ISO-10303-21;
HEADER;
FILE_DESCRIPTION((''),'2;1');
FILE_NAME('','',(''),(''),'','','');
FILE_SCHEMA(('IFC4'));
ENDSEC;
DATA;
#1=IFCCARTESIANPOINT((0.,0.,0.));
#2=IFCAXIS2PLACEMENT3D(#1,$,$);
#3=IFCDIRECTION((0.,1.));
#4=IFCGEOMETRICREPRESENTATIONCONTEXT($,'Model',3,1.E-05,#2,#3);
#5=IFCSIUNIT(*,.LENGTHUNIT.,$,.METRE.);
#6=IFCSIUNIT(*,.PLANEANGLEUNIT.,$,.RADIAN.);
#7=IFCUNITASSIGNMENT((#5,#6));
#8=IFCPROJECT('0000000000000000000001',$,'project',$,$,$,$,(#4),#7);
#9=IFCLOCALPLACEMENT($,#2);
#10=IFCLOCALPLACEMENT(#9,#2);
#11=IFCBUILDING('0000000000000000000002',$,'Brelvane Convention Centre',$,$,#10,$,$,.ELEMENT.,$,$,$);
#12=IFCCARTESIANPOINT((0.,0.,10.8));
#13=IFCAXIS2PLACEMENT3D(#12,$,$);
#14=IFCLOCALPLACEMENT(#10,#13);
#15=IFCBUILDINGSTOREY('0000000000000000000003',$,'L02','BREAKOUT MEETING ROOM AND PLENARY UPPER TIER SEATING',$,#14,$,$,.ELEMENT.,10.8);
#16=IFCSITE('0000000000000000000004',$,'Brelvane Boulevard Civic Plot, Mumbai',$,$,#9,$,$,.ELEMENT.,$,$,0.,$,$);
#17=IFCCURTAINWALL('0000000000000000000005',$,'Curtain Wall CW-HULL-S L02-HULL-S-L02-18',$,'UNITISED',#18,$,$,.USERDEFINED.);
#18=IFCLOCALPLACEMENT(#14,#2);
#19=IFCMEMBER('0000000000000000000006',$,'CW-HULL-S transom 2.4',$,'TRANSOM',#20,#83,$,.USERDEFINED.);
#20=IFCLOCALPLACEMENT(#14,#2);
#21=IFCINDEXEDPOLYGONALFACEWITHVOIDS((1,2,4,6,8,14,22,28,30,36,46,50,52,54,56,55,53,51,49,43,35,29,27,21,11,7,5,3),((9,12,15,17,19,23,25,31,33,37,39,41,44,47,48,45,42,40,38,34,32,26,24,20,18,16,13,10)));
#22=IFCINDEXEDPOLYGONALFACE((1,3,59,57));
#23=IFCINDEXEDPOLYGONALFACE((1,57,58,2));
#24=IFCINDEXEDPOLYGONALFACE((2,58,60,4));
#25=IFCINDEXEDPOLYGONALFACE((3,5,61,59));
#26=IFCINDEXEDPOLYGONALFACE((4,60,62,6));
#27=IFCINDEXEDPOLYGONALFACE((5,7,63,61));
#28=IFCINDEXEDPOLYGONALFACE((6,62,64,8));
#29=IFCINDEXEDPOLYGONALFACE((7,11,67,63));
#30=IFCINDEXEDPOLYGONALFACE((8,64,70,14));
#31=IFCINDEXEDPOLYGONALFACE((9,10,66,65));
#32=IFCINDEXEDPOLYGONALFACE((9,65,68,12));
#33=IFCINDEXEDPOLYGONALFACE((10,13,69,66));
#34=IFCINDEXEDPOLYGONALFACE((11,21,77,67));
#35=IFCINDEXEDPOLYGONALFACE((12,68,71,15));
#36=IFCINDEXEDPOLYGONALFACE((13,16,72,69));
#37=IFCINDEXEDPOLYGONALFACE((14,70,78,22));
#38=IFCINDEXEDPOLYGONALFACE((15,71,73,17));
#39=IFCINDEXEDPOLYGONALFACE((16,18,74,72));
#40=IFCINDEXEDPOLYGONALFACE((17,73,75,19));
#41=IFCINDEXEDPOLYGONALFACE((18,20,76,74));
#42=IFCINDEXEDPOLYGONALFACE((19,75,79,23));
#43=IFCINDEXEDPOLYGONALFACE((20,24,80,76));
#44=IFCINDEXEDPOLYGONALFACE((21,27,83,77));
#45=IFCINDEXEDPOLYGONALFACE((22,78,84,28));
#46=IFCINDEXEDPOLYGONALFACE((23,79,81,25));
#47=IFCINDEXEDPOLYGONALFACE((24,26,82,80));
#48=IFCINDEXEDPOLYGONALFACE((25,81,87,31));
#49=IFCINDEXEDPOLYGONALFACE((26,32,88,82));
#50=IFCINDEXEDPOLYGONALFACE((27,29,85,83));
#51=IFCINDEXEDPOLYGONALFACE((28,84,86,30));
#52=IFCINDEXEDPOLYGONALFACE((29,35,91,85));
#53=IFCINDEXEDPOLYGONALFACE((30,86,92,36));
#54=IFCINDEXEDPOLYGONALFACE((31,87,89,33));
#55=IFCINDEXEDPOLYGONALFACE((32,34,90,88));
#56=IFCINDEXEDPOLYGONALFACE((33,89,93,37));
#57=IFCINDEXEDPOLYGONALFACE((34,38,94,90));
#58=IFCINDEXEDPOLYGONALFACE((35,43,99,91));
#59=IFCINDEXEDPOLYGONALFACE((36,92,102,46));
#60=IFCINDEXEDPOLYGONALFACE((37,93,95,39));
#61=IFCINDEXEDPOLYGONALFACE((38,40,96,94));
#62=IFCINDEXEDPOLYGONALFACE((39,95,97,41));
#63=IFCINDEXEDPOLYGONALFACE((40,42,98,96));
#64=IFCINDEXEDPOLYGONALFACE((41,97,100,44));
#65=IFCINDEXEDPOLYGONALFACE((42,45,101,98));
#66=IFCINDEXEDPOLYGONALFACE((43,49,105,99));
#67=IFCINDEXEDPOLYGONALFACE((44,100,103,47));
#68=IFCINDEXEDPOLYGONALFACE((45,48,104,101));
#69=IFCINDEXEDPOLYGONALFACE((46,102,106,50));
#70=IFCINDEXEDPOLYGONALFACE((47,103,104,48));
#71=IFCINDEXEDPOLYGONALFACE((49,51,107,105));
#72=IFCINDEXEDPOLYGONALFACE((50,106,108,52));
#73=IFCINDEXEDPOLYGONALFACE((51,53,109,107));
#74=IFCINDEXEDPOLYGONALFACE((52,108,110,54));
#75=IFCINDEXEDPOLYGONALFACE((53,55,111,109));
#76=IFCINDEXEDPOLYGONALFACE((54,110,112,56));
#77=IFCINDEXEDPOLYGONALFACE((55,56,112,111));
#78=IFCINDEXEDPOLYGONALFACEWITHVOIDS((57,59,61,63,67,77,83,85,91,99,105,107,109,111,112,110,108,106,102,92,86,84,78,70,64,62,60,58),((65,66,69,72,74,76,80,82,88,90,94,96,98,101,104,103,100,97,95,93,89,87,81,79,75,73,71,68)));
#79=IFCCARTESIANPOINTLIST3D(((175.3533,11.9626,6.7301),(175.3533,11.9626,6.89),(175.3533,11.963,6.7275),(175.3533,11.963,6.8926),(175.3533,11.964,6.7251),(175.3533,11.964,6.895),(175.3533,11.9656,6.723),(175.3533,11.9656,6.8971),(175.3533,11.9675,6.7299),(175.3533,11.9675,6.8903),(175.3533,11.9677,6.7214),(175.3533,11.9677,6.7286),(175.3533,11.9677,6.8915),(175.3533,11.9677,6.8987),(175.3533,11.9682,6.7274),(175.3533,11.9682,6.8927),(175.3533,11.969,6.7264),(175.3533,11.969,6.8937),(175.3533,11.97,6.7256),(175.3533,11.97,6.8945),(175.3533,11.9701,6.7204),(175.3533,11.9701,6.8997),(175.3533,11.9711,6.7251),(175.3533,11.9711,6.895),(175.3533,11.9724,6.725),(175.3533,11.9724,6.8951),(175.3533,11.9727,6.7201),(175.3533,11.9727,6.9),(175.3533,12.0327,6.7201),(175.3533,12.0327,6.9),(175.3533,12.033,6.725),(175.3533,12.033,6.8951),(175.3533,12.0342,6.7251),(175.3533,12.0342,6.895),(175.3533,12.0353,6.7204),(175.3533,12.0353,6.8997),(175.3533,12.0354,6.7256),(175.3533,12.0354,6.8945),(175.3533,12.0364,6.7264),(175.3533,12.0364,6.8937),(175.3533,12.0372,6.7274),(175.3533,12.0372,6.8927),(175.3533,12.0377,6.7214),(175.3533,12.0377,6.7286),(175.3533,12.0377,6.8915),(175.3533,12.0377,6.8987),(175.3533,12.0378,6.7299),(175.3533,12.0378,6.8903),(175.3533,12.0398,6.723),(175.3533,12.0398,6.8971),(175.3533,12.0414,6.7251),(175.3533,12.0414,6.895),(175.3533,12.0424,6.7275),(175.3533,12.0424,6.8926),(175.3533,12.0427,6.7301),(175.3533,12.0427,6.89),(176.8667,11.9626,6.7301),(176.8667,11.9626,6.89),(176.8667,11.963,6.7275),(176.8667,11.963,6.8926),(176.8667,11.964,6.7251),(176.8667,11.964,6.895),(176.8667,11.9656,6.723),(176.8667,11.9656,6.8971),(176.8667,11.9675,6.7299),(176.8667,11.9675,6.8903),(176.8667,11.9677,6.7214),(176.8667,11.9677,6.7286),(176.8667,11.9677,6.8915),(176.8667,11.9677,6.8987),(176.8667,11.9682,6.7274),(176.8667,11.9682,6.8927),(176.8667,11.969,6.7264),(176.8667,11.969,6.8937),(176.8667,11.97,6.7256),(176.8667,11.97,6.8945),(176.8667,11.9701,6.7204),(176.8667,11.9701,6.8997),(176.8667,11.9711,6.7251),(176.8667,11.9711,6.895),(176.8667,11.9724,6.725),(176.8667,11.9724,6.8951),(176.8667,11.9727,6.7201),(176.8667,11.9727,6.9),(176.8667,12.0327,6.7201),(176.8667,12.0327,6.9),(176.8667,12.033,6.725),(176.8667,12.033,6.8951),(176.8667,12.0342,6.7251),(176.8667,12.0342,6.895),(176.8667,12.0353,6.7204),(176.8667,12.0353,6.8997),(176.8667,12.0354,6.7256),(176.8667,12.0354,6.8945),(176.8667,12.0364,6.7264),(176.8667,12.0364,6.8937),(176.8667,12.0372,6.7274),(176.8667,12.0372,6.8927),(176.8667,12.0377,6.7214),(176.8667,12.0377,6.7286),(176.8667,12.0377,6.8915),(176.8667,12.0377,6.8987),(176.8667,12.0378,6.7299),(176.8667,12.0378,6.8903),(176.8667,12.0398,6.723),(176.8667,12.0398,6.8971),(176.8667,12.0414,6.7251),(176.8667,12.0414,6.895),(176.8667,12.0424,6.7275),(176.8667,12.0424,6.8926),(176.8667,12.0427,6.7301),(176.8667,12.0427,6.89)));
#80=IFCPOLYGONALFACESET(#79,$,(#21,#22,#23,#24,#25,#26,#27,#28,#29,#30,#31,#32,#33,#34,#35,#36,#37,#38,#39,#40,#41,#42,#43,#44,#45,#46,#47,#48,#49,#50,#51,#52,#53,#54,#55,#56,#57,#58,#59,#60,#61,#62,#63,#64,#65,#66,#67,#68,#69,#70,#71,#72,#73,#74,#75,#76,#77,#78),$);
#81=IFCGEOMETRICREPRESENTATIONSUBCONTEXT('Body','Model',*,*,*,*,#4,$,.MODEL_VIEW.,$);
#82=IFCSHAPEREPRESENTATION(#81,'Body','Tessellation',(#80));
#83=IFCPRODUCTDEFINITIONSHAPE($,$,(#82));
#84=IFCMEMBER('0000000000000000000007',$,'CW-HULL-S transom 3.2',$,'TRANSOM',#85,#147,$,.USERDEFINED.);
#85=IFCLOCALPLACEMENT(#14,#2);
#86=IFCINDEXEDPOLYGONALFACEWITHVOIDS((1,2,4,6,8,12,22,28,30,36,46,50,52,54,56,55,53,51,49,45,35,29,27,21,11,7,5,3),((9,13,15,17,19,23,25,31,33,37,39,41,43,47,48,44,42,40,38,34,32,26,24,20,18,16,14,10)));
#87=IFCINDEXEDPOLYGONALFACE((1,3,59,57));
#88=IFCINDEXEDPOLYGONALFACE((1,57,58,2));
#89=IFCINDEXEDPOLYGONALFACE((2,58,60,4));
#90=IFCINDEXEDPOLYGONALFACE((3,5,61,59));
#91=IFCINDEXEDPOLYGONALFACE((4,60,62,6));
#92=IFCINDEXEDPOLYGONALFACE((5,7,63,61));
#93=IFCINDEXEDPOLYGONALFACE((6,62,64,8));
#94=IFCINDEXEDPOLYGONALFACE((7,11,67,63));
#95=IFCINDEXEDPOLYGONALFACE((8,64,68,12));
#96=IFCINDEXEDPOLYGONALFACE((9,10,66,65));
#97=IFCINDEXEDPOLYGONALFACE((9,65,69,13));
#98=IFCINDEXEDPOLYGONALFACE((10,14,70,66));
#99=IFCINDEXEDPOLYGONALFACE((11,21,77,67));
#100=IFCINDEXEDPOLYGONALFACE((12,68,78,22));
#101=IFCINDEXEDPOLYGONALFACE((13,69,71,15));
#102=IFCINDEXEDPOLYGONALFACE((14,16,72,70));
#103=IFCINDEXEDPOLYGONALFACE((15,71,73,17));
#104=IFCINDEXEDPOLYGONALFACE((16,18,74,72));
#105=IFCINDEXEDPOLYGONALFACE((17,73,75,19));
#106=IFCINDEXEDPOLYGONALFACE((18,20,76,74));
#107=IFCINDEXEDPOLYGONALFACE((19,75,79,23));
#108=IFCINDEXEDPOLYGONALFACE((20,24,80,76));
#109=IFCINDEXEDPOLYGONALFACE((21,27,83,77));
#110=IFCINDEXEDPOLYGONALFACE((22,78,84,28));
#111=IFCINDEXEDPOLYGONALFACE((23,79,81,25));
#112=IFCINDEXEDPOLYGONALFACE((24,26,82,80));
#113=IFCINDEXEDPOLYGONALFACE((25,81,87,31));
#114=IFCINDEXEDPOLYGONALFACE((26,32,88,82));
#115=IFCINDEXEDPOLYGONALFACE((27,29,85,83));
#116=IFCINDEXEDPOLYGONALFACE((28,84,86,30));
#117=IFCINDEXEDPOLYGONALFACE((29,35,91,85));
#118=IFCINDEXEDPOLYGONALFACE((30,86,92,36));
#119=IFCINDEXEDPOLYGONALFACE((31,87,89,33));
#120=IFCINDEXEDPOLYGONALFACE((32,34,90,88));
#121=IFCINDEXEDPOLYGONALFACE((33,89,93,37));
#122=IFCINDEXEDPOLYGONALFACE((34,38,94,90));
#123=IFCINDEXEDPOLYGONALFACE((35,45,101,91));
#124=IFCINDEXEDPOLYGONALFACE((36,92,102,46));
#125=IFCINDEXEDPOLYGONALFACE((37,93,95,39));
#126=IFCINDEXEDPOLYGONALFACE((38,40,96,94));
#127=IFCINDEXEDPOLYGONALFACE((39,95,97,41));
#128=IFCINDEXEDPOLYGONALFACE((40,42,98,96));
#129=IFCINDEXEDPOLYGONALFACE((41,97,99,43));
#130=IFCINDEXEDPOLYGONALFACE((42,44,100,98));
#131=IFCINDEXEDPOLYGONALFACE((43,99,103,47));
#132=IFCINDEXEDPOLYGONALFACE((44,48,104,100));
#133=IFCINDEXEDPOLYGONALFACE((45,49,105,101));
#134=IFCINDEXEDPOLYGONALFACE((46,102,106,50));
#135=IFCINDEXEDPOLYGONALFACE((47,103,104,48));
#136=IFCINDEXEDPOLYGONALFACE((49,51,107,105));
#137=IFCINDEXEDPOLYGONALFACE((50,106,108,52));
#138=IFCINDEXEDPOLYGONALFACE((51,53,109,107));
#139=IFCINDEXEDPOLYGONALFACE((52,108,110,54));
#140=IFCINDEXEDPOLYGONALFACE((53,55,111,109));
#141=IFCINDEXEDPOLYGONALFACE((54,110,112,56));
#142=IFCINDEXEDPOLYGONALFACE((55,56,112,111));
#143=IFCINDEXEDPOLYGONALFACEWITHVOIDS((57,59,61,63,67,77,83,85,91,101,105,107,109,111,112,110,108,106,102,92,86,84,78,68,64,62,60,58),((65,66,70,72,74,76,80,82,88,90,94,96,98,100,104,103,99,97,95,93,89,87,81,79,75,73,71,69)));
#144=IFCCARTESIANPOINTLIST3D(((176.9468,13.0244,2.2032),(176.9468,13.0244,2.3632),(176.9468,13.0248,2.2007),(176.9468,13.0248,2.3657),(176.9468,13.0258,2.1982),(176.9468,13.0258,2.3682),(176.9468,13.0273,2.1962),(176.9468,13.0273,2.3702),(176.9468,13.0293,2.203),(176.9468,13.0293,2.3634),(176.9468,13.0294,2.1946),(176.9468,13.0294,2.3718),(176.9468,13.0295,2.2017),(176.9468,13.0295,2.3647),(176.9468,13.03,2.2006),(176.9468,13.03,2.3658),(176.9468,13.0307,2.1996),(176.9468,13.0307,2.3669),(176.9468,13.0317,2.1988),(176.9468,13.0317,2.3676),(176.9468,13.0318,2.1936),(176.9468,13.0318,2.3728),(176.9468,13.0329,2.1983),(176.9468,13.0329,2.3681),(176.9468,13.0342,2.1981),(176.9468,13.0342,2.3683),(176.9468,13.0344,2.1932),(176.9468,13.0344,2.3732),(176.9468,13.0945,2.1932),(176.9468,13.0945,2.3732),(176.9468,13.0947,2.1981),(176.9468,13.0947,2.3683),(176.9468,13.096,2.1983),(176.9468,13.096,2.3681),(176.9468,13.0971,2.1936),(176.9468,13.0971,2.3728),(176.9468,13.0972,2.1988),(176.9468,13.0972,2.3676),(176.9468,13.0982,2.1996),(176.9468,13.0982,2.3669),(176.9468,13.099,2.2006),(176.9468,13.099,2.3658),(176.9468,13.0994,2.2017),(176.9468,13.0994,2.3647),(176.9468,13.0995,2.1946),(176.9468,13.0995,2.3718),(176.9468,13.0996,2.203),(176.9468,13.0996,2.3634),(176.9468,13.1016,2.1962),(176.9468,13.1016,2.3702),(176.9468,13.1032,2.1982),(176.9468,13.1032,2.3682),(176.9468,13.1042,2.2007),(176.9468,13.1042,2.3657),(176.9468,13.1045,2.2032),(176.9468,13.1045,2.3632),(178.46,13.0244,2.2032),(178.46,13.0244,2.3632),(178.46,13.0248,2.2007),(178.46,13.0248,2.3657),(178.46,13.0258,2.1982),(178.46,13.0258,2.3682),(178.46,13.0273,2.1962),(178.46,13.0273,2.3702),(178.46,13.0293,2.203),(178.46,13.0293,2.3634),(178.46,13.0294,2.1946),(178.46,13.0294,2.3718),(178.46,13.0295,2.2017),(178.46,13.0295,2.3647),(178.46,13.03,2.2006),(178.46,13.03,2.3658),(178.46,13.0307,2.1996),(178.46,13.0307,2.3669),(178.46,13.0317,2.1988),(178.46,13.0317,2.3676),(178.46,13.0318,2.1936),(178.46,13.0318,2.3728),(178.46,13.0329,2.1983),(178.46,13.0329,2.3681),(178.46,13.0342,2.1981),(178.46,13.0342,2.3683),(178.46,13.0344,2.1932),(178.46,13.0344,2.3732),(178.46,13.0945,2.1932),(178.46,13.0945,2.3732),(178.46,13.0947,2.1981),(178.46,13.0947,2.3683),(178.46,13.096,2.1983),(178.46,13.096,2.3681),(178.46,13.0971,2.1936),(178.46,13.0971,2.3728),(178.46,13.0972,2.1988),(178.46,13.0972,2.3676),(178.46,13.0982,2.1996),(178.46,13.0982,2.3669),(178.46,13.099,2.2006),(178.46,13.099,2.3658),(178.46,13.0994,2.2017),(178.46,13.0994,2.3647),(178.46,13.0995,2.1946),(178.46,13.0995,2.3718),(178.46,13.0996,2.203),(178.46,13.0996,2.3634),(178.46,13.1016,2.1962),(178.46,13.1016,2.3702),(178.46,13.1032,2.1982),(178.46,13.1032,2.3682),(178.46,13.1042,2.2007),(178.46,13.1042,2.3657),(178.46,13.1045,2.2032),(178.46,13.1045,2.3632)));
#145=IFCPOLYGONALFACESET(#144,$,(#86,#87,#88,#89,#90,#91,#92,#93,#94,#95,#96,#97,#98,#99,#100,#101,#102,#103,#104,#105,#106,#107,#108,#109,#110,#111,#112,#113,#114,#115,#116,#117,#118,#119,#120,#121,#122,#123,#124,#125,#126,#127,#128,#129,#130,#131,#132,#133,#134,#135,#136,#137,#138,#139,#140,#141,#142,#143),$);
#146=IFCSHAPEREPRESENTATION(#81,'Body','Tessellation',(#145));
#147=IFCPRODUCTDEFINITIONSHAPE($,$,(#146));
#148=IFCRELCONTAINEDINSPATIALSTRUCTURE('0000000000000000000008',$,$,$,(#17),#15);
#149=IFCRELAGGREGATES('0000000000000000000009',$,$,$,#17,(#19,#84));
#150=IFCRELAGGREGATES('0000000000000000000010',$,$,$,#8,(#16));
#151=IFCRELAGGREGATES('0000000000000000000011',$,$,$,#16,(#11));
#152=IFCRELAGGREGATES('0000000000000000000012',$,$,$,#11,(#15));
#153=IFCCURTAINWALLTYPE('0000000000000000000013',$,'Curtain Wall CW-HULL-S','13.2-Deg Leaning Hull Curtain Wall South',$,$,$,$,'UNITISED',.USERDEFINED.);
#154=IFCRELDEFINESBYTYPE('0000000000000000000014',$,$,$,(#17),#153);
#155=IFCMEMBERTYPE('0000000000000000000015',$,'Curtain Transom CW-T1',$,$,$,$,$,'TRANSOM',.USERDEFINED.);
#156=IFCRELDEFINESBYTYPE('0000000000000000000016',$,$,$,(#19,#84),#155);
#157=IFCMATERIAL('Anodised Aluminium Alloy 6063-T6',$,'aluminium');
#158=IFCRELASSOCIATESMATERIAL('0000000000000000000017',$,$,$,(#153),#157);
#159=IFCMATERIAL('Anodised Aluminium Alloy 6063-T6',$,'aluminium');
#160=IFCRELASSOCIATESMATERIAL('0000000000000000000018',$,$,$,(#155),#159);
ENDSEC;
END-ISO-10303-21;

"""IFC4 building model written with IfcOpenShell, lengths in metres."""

from ifc_helpers import new_model, si_unit, direction, frame, origin, origin_2d, place, context, subcontext, project, spatial, hollow_rectangle, extrude, material, material_profile, profile_set, type_object, element, aggregate, save


model = new_model("IFC4")

# Units and contexts
model_context = context("Model", 3, precision=1e-05, world=origin(), true_north=direction((0.0, 1.0)))
body_context = subcontext(model_context, "Body", "Model", "MODEL_VIEW")
ifc_project = project(units=[si_unit("LENGTHUNIT", "METRE"), si_unit("PLANEANGLEUNIT", "RADIAN")], contexts=[model_context])

# Site, building, storey
site_placement = place(None, origin())
site = spatial("IfcSite", under=ifc_project, at=site_placement, Name="Brelvane Boulevard Civic Plot, Mumbai", CompositionType="ELEMENT", RefElevation=0.0)
building_placement = place(site_placement, origin())
building = spatial("IfcBuilding", under=site, at=building_placement, Name="Brelvane Convention Centre", CompositionType="ELEMENT")
storey_placement = place(building_placement, frame((0.0, 0.0, 10.8)))
storey = spatial("IfcBuildingStorey", under=building, at=storey_placement, Name="L02", Description="BREAKOUT MEETING ROOM AND PLENARY UPPER TIER SEATING", CompositionType="ELEMENT", Elevation=10.8)

# Curtain wall, members
ifc_material_1 = material(Name="Anodised Aluminium Alloy 6063-T6", Category="aluminium")
curtain_wall_type = type_object("IfcCurtainWallType", Name="Curtain Wall CW-HULL-S", Description="13.2-Deg Leaning Hull Curtain Wall South", ElementType="UNITISED", PredefinedType="USERDEFINED", material=ifc_material_1)
ifc_material_2 = material(Name="Anodised Aluminium Alloy 6063-T6", Category="aluminium")
ifc_material_profile = material_profile(ifc_material_2, hollow_rectangle(XDim=0.0801, YDim=0.1799, WallThickness=0.0049, InnerFilletRadius=0.0049, OuterFilletRadius=0.01, at=origin_2d()), Name="ALU-T 180x80x5.0")
ifc_profile_set = profile_set([ifc_material_profile], Name="Anodised Aluminium Alloy 6063-T6")
member_type = type_object("IfcMemberType", Name="Curtain Transom CW-T1", ElementType="TRANSOM", PredefinedType="USERDEFINED", material=ifc_profile_set)
curtain_wall_1_placement = place(storey_placement, origin())
curtain_wall_1 = element("IfcCurtainWall", 1, at=curtain_wall_1_placement, inside=storey, type_object=curtain_wall_type, Name="Curtain Wall CW-HULL-S L02-HULL-S-L02-18", ObjectType="UNITISED", PredefinedType="USERDEFINED")
member_1_placement = place(storey_placement, frame((175.3533, 12.0027, 6.8101), z_axis=(1.0, 0.0, 0.0), x_axis=(0.0, 1.0, 0.0)))
member_1 = element("IfcMember", 2, at=member_1_placement, type_object=member_type, Name="CW-HULL-S transom 2.4", ObjectType="TRANSOM", PredefinedType="USERDEFINED", context=body_context, shape_type="SweptSolid", body=[
    extrude(hollow_rectangle(XDim=0.0801, YDim=0.1799, WallThickness=0.0049, InnerFilletRadius=0.0049, OuterFilletRadius=0.01, at=origin_2d()), origin(), (0.0, 0.0, 1.0), 1.5134),
])
member_2_placement = place(storey_placement, frame((176.9468, 13.0645, 2.2832), z_axis=(1.0, 0.0, 0.0), x_axis=(0.0, 1.0, 0.0)))
member_2 = element("IfcMember", 3, at=member_2_placement, type_object=member_type, Name="CW-HULL-S transom 3.2", ObjectType="TRANSOM", PredefinedType="USERDEFINED", context=body_context, shape_type="SweptSolid", body=[
    extrude(hollow_rectangle(XDim=0.0801, YDim=0.1799, WallThickness=0.0049, InnerFilletRadius=0.0049, OuterFilletRadius=0.01, at=origin_2d()), origin(), (0.0, 0.0, 1.0), 1.5132),
])

aggregate(curtain_wall_1, [member_1, member_2])

save(model, "model.ifc")
